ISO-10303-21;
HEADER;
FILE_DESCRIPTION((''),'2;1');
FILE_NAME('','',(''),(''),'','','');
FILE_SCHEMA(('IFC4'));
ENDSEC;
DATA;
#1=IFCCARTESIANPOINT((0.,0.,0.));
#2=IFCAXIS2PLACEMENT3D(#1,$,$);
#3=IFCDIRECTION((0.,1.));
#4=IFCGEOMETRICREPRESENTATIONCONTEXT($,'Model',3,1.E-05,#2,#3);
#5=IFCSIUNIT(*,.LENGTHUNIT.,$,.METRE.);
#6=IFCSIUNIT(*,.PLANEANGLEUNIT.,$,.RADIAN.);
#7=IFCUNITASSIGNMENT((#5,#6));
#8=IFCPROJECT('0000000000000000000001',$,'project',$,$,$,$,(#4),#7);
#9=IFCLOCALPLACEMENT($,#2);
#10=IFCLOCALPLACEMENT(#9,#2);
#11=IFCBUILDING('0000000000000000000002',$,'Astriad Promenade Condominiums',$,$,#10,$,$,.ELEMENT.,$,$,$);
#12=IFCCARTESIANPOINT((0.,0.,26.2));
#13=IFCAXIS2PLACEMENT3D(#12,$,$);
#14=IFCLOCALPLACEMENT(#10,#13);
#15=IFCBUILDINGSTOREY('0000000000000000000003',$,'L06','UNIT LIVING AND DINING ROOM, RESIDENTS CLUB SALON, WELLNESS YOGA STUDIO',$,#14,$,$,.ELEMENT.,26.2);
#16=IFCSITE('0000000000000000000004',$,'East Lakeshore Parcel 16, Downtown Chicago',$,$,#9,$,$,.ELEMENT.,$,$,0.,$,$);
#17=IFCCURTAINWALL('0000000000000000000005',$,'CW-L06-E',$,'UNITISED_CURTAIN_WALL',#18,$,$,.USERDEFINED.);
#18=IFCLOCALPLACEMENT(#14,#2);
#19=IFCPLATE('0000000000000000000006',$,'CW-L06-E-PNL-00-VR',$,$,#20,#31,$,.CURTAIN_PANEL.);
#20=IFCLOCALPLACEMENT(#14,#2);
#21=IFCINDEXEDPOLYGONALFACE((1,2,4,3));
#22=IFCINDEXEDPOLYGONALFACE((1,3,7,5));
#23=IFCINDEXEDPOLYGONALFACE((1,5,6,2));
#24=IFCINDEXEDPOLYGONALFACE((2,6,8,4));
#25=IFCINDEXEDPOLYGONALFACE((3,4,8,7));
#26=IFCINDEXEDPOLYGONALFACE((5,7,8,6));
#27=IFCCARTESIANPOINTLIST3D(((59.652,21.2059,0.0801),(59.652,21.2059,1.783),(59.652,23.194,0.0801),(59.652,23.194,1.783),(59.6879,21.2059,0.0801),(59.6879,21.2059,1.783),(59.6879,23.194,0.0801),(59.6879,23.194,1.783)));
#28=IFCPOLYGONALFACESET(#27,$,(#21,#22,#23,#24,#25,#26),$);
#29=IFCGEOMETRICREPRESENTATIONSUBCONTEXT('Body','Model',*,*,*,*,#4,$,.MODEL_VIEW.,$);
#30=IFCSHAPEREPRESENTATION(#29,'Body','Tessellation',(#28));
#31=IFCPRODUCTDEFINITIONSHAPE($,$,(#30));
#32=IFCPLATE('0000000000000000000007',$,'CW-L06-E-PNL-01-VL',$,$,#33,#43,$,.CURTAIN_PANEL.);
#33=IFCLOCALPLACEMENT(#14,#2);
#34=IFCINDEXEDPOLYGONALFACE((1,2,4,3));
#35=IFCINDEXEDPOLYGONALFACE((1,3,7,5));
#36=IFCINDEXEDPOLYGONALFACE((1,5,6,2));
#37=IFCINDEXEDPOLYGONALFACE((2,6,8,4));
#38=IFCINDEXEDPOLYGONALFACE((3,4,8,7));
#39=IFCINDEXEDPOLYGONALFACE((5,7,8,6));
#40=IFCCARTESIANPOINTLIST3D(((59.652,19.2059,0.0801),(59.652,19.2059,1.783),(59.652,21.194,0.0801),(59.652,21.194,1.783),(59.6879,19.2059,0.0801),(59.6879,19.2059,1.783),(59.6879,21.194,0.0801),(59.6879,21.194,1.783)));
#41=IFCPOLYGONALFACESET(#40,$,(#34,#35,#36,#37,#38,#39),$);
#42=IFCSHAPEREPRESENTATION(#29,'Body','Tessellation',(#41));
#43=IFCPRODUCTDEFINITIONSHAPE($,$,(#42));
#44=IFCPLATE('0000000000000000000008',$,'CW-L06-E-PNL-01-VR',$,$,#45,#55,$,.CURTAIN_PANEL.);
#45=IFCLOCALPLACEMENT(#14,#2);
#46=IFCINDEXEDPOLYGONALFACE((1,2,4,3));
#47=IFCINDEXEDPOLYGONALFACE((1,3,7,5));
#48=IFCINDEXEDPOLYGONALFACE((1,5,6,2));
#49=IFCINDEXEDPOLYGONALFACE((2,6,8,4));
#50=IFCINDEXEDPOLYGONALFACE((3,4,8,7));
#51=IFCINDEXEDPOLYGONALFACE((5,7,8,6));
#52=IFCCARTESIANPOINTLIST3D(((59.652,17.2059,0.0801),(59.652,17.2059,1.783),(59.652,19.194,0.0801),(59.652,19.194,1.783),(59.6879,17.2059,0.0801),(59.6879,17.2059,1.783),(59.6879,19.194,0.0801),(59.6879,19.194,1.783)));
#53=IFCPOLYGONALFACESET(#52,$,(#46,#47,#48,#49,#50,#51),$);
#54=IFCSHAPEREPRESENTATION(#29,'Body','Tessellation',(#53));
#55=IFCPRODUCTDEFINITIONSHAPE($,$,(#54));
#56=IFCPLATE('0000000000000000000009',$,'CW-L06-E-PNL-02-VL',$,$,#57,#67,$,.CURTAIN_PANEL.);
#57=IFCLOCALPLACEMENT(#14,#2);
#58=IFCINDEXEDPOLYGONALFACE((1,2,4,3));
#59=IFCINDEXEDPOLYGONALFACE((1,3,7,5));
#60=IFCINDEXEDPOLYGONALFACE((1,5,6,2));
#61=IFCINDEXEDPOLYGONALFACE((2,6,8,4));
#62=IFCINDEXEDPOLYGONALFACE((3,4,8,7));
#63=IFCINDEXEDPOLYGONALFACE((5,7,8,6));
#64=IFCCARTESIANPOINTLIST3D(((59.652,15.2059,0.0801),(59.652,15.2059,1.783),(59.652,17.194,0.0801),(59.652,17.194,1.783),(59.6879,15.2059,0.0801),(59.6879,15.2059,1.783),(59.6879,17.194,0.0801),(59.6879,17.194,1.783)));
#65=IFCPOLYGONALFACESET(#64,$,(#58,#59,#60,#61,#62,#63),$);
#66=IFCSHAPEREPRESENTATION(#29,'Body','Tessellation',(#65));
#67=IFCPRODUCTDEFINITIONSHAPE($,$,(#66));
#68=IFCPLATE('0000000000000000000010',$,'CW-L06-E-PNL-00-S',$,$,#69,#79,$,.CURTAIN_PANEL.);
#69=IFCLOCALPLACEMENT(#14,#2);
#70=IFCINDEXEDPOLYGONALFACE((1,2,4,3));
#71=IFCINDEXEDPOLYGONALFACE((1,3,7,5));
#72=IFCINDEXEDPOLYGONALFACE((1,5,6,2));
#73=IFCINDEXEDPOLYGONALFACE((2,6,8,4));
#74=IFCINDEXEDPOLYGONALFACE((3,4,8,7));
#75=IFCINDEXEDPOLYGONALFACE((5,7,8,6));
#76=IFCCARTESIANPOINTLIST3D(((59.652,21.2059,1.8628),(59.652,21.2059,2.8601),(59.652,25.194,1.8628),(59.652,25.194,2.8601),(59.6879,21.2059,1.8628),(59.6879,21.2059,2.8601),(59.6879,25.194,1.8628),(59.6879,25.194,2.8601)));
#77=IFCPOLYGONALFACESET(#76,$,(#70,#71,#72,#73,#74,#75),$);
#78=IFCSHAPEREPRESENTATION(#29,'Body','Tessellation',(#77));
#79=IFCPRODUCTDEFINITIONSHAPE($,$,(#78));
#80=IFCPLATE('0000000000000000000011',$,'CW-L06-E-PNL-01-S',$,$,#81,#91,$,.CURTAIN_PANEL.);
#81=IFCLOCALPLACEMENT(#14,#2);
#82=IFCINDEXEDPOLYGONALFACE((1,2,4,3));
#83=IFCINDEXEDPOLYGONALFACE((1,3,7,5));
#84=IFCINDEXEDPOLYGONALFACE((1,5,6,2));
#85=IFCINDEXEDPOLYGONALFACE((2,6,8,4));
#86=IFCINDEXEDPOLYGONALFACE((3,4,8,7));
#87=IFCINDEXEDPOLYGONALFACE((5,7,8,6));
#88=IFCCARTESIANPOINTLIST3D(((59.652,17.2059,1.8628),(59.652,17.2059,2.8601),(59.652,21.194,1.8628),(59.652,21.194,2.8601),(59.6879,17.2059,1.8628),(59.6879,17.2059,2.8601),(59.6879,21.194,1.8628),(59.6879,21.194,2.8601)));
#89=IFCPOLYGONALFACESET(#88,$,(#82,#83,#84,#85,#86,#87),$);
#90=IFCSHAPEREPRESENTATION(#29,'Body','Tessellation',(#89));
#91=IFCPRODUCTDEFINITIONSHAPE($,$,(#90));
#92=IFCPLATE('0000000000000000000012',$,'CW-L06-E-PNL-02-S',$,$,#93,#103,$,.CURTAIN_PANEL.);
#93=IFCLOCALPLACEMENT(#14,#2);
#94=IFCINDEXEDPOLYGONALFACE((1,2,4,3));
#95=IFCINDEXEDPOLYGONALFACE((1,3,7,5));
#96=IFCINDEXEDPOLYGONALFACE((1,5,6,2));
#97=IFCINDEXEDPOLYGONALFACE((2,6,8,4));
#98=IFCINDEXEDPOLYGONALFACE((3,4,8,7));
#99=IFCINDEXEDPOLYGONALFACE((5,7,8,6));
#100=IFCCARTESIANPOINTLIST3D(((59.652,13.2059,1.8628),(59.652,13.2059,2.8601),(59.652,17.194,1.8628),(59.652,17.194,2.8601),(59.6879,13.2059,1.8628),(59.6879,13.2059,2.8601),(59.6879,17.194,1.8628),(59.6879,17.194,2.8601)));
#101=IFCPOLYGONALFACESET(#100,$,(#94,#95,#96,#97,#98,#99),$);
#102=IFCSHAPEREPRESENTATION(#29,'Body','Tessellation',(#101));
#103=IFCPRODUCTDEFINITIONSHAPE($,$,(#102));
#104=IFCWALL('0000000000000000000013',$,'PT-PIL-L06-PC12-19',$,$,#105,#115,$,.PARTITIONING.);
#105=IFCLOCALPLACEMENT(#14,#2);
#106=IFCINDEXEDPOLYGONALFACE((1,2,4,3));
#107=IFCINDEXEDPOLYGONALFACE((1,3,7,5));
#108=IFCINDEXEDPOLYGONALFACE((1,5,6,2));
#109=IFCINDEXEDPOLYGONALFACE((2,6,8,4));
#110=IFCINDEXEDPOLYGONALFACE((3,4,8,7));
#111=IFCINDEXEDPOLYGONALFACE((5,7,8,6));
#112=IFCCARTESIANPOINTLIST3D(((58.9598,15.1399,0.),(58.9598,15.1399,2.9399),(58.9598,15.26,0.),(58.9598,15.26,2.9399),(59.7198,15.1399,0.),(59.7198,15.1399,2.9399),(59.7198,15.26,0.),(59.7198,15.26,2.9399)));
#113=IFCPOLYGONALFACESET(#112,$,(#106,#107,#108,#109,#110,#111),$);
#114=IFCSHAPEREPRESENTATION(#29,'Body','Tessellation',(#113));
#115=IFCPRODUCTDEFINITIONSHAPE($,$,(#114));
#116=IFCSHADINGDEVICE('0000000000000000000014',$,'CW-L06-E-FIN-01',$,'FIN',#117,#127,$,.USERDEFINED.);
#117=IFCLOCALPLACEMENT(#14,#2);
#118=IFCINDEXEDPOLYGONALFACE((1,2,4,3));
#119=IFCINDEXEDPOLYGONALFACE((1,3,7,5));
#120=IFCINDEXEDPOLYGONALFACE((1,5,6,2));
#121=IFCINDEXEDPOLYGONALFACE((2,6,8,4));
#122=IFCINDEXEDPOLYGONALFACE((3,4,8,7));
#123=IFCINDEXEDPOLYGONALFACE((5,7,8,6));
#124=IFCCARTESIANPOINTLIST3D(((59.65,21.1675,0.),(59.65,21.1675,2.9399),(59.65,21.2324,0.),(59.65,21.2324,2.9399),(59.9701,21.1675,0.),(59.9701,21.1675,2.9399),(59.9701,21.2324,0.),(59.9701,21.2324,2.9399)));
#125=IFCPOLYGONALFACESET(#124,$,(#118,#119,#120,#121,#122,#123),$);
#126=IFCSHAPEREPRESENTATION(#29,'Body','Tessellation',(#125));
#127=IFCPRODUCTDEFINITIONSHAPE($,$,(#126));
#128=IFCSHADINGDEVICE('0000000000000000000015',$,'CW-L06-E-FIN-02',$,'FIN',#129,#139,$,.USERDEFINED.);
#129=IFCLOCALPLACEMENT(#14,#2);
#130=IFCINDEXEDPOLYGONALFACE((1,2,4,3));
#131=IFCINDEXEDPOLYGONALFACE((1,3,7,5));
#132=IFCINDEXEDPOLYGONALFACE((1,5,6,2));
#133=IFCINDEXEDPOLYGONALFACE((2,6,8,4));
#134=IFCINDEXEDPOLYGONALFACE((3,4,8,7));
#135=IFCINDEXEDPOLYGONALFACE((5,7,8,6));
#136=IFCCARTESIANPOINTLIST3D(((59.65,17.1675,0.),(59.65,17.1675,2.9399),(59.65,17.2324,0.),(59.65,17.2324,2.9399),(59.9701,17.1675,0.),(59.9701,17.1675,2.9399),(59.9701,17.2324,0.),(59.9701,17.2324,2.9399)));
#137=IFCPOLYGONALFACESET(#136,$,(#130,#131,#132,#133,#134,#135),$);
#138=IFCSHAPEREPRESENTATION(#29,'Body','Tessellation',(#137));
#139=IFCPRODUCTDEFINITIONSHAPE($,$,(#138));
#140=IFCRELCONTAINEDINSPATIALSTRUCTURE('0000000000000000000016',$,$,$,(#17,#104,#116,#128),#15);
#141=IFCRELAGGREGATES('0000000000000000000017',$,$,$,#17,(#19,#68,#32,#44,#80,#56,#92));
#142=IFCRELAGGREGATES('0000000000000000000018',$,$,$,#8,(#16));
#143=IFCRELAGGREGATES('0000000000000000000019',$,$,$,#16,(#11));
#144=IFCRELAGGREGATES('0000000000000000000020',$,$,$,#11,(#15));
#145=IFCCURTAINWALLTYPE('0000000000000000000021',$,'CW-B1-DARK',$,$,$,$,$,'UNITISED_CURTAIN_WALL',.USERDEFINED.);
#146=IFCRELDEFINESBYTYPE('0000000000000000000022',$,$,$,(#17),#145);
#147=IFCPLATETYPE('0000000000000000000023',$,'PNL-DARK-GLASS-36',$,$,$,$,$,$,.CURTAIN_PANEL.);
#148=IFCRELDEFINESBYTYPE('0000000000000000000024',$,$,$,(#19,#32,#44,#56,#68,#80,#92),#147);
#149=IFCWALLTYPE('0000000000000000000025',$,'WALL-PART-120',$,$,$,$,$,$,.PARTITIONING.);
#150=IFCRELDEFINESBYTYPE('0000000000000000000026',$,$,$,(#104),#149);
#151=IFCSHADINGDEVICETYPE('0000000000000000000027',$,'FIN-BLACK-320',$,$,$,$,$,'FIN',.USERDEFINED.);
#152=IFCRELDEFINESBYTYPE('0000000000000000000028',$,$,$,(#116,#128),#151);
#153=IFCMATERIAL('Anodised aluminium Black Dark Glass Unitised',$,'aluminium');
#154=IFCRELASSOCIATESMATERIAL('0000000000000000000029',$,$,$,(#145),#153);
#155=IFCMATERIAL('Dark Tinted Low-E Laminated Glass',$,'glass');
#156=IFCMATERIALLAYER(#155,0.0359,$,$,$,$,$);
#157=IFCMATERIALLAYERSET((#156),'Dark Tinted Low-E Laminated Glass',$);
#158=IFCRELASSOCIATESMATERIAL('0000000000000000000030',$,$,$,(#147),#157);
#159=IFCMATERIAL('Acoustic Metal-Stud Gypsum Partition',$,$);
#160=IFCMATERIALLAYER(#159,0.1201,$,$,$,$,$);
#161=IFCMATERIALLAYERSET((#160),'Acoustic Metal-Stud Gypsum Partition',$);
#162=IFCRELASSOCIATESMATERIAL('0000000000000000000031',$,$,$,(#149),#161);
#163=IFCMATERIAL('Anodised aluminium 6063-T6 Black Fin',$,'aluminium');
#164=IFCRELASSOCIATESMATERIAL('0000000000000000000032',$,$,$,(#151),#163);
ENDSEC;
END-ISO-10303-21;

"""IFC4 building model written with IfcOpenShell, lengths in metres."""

from ifc_helpers import new_model, si_unit, direction, frame, frame_2d, origin, origin_2d, place, context, subcontext, project, spatial, rectangle, extrude, source, transform, mapped, material, layer, layer_set, type_object, type_shapes, element, aggregate, save


model = new_model("IFC4")

# Units and contexts
model_context = context("Model", 3, precision=1e-05, world=origin(), true_north=direction((0.0, 1.0)))
body_context = subcontext(model_context, "Body", "Model", "MODEL_VIEW")
ifc_project = project(units=[si_unit("LENGTHUNIT", "METRE"), si_unit("PLANEANGLEUNIT", "RADIAN")], contexts=[model_context])

# Site, building, storey
site_placement = place(None, origin())
site = spatial("IfcSite", under=ifc_project, at=site_placement, Name="East Lakeshore Parcel 16, Downtown Chicago", CompositionType="ELEMENT", RefElevation=0.0)
building_placement = place(site_placement, origin())
building = spatial("IfcBuilding", under=site, at=building_placement, Name="Astriad Promenade Condominiums", CompositionType="ELEMENT")
storey_placement = place(building_placement, frame((0.0, 0.0, 26.2)))
storey = spatial("IfcBuildingStorey", under=building, at=storey_placement, Name="L06", Description="UNIT LIVING AND DINING ROOM, RESIDENTS CLUB SALON, WELLNESS YOGA STUDIO", CompositionType="ELEMENT", Elevation=26.2)

# Curtain wall, plates
ifc_material_1 = material(Name="Anodised aluminium Black Dark Glass Unitised", Category="aluminium")
curtain_wall_type = type_object("IfcCurtainWallType", Name="CW-B1-DARK", ElementType="UNITISED_CURTAIN_WALL", PredefinedType="USERDEFINED", material=ifc_material_1)
curtain_wall_placement = place(storey_placement, origin())
curtain_wall = element("IfcCurtainWall", 1, at=curtain_wall_placement, inside=storey, type_object=curtain_wall_type, Name="CW-L06-E", ObjectType="UNITISED_CURTAIN_WALL", PredefinedType="USERDEFINED")
ifc_material_2 = material(Name="Dark Tinted Low-E Laminated Glass", Category="glass")
ifc_layer_1 = layer(ifc_material_2, 0.0359)
ifc_layer_set_1 = layer_set([ifc_layer_1], Name="Dark Tinted Low-E Laminated Glass")
plate_type = type_object("IfcPlateType", Name="PNL-DARK-GLASS-36", PredefinedType="CURTAIN_PANEL", material=ifc_layer_set_1)
shared_shape_1 = source(origin(), body_context, "Body", "SweptSolid", [
    extrude(rectangle(XDim=1.988, YDim=0.0359, at=origin_2d()), origin(), (0.0, 0.0, 1.0), 1.7029),
])
plate_1_placement = place(storey_placement, frame((59.6699, 22.2, 0.0801), z_axis=(0.0, 0.0, 1.0), x_axis=(0.0, -1.0, 0.0)))
plate_1 = element("IfcPlate", 2, at=plate_1_placement, type_object=plate_type, Name="CW-L06-E-PNL-00-VR", PredefinedType="CURTAIN_PANEL", context=body_context, shape_type="MappedRepresentation", body=[
    mapped(shared_shape_1, transform((0.0, 0.0, 0.0), scale=1.0)),
])
plate_2_placement = place(storey_placement, frame((59.6699, 20.2, 0.0801), z_axis=(0.0, 0.0, 1.0), x_axis=(0.0, -1.0, 0.0)))
plate_2 = element("IfcPlate", 3, at=plate_2_placement, type_object=plate_type, Name="CW-L06-E-PNL-01-VL", PredefinedType="CURTAIN_PANEL", context=body_context, shape_type="MappedRepresentation", body=[
    mapped(shared_shape_1, transform((0.0, 0.0, 0.0), scale=1.0)),
])
plate_3_placement = place(storey_placement, frame((59.6699, 18.2, 0.0801), z_axis=(0.0, 0.0, 1.0), x_axis=(0.0, -1.0, 0.0)))
plate_3 = element("IfcPlate", 4, at=plate_3_placement, type_object=plate_type, Name="CW-L06-E-PNL-01-VR", PredefinedType="CURTAIN_PANEL", context=body_context, shape_type="MappedRepresentation", body=[
    mapped(shared_shape_1, transform((0.0, 0.0, 0.0), scale=1.0)),
])
plate_4_placement = place(storey_placement, frame((59.6699, 16.2, 0.0801), z_axis=(0.0, 0.0, 1.0), x_axis=(0.0, -1.0, 0.0)))
plate_4 = element("IfcPlate", 5, at=plate_4_placement, type_object=plate_type, Name="CW-L06-E-PNL-02-VL", PredefinedType="CURTAIN_PANEL", context=body_context, shape_type="MappedRepresentation", body=[
    mapped(shared_shape_1, transform((0.0, 0.0, 0.0), scale=1.0)),
])
shared_shape_2 = source(origin(), body_context, "Body", "SweptSolid", [
    extrude(rectangle(XDim=3.988, YDim=0.0359, at=origin_2d()), origin(), (0.0, 0.0, 1.0), 0.9973),
])
type_shapes(plate_type, [shared_shape_1, shared_shape_2])
plate_5_placement = place(storey_placement, frame((59.6699, 23.2, 1.8628), z_axis=(0.0, 0.0, 1.0), x_axis=(0.0, -1.0, 0.0)))
plate_5 = element("IfcPlate", 6, at=plate_5_placement, type_object=plate_type, Name="CW-L06-E-PNL-00-S", PredefinedType="CURTAIN_PANEL", context=body_context, shape_type="MappedRepresentation", body=[
    mapped(shared_shape_2, transform((0.0, 0.0, 0.0), scale=1.0)),
])
plate_6_placement = place(storey_placement, frame((59.6699, 19.2, 1.8628), z_axis=(0.0, 0.0, 1.0), x_axis=(0.0, -1.0, 0.0)))
plate_6 = element("IfcPlate", 7, at=plate_6_placement, type_object=plate_type, Name="CW-L06-E-PNL-01-S", PredefinedType="CURTAIN_PANEL", context=body_context, shape_type="MappedRepresentation", body=[
    mapped(shared_shape_2, transform((0.0, 0.0, 0.0), scale=1.0)),
])
plate_7_placement = place(storey_placement, frame((59.6699, 15.2, 1.8628), z_axis=(0.0, 0.0, 1.0), x_axis=(0.0, -1.0, 0.0)))
plate_7 = element("IfcPlate", 8, at=plate_7_placement, type_object=plate_type, Name="CW-L06-E-PNL-02-S", PredefinedType="CURTAIN_PANEL", context=body_context, shape_type="MappedRepresentation", body=[
    mapped(shared_shape_2, transform((0.0, 0.0, 0.0), scale=1.0)),
])
aggregate(curtain_wall, [plate_1, plate_5, plate_2, plate_3, plate_6, plate_4, plate_7])

# Wall
ifc_material_3 = material(Name="Acoustic Metal-Stud Gypsum Partition")
ifc_layer_2 = layer(ifc_material_3, 0.1201)
ifc_layer_set_2 = layer_set([ifc_layer_2], Name="Acoustic Metal-Stud Gypsum Partition")
wall_type = type_object("IfcWallType", Name="WALL-PART-120", PredefinedType="PARTITIONING", material=ifc_layer_set_2)
wall_placement = place(storey_placement, frame((58.96, 15.2, 0.0), z_axis=(0.0, 0.0, 1.0), x_axis=(1.0, 0.0, 0.0)))
element("IfcWall", 9, at=wall_placement, inside=storey, type_object=wall_type, Name="PT-PIL-L06-PC12-19", PredefinedType="PARTITIONING", context=body_context, shape_type="SweptSolid", body=[
    extrude(rectangle(XDim=0.76, YDim=0.1201, at=frame_2d((0.3799, 0.0))), origin(), (0.0, 0.0, 1.0), 2.9399),
])

# Shading devices
ifc_material_4 = material(Name="Anodised aluminium 6063-T6 Black Fin", Category="aluminium")
shading_device_type = type_object("IfcShadingDeviceType", Name="FIN-BLACK-320", ElementType="FIN", PredefinedType="USERDEFINED", material=ifc_material_4)
shared_shape_3 = source(origin(), body_context, "Body", "SweptSolid", [
    extrude(rectangle(XDim=0.0649, YDim=0.3201, at=origin_2d()), origin(), (0.0, 0.0, 1.0), 2.9399),
])
type_shapes(shading_device_type, [shared_shape_3])
for number, where, z_axis, x_axis, name in (
    (10, (59.8101, 21.2, 0.0), (0.0, 0.0, 1.0), (0.0, -1.0, 0.0), "CW-L06-E-FIN-01"),
    (11, (59.8101, 17.2, 0.0), (0.0, 0.0, 1.0), (0.0, -1.0, 0.0), "CW-L06-E-FIN-02"),
):
    element("IfcShadingDevice", number, at=place(storey_placement, frame(where, z_axis=z_axis, x_axis=x_axis)), inside=storey, type_object=shading_device_type, Name=name, ObjectType="FIN", PredefinedType="USERDEFINED", context=body_context, shape_type="MappedRepresentation", body=[
        mapped(shared_shape_3, transform((0.0, 0.0, 0.0), scale=1.0)),
    ])

save(model, "model.ifc")
